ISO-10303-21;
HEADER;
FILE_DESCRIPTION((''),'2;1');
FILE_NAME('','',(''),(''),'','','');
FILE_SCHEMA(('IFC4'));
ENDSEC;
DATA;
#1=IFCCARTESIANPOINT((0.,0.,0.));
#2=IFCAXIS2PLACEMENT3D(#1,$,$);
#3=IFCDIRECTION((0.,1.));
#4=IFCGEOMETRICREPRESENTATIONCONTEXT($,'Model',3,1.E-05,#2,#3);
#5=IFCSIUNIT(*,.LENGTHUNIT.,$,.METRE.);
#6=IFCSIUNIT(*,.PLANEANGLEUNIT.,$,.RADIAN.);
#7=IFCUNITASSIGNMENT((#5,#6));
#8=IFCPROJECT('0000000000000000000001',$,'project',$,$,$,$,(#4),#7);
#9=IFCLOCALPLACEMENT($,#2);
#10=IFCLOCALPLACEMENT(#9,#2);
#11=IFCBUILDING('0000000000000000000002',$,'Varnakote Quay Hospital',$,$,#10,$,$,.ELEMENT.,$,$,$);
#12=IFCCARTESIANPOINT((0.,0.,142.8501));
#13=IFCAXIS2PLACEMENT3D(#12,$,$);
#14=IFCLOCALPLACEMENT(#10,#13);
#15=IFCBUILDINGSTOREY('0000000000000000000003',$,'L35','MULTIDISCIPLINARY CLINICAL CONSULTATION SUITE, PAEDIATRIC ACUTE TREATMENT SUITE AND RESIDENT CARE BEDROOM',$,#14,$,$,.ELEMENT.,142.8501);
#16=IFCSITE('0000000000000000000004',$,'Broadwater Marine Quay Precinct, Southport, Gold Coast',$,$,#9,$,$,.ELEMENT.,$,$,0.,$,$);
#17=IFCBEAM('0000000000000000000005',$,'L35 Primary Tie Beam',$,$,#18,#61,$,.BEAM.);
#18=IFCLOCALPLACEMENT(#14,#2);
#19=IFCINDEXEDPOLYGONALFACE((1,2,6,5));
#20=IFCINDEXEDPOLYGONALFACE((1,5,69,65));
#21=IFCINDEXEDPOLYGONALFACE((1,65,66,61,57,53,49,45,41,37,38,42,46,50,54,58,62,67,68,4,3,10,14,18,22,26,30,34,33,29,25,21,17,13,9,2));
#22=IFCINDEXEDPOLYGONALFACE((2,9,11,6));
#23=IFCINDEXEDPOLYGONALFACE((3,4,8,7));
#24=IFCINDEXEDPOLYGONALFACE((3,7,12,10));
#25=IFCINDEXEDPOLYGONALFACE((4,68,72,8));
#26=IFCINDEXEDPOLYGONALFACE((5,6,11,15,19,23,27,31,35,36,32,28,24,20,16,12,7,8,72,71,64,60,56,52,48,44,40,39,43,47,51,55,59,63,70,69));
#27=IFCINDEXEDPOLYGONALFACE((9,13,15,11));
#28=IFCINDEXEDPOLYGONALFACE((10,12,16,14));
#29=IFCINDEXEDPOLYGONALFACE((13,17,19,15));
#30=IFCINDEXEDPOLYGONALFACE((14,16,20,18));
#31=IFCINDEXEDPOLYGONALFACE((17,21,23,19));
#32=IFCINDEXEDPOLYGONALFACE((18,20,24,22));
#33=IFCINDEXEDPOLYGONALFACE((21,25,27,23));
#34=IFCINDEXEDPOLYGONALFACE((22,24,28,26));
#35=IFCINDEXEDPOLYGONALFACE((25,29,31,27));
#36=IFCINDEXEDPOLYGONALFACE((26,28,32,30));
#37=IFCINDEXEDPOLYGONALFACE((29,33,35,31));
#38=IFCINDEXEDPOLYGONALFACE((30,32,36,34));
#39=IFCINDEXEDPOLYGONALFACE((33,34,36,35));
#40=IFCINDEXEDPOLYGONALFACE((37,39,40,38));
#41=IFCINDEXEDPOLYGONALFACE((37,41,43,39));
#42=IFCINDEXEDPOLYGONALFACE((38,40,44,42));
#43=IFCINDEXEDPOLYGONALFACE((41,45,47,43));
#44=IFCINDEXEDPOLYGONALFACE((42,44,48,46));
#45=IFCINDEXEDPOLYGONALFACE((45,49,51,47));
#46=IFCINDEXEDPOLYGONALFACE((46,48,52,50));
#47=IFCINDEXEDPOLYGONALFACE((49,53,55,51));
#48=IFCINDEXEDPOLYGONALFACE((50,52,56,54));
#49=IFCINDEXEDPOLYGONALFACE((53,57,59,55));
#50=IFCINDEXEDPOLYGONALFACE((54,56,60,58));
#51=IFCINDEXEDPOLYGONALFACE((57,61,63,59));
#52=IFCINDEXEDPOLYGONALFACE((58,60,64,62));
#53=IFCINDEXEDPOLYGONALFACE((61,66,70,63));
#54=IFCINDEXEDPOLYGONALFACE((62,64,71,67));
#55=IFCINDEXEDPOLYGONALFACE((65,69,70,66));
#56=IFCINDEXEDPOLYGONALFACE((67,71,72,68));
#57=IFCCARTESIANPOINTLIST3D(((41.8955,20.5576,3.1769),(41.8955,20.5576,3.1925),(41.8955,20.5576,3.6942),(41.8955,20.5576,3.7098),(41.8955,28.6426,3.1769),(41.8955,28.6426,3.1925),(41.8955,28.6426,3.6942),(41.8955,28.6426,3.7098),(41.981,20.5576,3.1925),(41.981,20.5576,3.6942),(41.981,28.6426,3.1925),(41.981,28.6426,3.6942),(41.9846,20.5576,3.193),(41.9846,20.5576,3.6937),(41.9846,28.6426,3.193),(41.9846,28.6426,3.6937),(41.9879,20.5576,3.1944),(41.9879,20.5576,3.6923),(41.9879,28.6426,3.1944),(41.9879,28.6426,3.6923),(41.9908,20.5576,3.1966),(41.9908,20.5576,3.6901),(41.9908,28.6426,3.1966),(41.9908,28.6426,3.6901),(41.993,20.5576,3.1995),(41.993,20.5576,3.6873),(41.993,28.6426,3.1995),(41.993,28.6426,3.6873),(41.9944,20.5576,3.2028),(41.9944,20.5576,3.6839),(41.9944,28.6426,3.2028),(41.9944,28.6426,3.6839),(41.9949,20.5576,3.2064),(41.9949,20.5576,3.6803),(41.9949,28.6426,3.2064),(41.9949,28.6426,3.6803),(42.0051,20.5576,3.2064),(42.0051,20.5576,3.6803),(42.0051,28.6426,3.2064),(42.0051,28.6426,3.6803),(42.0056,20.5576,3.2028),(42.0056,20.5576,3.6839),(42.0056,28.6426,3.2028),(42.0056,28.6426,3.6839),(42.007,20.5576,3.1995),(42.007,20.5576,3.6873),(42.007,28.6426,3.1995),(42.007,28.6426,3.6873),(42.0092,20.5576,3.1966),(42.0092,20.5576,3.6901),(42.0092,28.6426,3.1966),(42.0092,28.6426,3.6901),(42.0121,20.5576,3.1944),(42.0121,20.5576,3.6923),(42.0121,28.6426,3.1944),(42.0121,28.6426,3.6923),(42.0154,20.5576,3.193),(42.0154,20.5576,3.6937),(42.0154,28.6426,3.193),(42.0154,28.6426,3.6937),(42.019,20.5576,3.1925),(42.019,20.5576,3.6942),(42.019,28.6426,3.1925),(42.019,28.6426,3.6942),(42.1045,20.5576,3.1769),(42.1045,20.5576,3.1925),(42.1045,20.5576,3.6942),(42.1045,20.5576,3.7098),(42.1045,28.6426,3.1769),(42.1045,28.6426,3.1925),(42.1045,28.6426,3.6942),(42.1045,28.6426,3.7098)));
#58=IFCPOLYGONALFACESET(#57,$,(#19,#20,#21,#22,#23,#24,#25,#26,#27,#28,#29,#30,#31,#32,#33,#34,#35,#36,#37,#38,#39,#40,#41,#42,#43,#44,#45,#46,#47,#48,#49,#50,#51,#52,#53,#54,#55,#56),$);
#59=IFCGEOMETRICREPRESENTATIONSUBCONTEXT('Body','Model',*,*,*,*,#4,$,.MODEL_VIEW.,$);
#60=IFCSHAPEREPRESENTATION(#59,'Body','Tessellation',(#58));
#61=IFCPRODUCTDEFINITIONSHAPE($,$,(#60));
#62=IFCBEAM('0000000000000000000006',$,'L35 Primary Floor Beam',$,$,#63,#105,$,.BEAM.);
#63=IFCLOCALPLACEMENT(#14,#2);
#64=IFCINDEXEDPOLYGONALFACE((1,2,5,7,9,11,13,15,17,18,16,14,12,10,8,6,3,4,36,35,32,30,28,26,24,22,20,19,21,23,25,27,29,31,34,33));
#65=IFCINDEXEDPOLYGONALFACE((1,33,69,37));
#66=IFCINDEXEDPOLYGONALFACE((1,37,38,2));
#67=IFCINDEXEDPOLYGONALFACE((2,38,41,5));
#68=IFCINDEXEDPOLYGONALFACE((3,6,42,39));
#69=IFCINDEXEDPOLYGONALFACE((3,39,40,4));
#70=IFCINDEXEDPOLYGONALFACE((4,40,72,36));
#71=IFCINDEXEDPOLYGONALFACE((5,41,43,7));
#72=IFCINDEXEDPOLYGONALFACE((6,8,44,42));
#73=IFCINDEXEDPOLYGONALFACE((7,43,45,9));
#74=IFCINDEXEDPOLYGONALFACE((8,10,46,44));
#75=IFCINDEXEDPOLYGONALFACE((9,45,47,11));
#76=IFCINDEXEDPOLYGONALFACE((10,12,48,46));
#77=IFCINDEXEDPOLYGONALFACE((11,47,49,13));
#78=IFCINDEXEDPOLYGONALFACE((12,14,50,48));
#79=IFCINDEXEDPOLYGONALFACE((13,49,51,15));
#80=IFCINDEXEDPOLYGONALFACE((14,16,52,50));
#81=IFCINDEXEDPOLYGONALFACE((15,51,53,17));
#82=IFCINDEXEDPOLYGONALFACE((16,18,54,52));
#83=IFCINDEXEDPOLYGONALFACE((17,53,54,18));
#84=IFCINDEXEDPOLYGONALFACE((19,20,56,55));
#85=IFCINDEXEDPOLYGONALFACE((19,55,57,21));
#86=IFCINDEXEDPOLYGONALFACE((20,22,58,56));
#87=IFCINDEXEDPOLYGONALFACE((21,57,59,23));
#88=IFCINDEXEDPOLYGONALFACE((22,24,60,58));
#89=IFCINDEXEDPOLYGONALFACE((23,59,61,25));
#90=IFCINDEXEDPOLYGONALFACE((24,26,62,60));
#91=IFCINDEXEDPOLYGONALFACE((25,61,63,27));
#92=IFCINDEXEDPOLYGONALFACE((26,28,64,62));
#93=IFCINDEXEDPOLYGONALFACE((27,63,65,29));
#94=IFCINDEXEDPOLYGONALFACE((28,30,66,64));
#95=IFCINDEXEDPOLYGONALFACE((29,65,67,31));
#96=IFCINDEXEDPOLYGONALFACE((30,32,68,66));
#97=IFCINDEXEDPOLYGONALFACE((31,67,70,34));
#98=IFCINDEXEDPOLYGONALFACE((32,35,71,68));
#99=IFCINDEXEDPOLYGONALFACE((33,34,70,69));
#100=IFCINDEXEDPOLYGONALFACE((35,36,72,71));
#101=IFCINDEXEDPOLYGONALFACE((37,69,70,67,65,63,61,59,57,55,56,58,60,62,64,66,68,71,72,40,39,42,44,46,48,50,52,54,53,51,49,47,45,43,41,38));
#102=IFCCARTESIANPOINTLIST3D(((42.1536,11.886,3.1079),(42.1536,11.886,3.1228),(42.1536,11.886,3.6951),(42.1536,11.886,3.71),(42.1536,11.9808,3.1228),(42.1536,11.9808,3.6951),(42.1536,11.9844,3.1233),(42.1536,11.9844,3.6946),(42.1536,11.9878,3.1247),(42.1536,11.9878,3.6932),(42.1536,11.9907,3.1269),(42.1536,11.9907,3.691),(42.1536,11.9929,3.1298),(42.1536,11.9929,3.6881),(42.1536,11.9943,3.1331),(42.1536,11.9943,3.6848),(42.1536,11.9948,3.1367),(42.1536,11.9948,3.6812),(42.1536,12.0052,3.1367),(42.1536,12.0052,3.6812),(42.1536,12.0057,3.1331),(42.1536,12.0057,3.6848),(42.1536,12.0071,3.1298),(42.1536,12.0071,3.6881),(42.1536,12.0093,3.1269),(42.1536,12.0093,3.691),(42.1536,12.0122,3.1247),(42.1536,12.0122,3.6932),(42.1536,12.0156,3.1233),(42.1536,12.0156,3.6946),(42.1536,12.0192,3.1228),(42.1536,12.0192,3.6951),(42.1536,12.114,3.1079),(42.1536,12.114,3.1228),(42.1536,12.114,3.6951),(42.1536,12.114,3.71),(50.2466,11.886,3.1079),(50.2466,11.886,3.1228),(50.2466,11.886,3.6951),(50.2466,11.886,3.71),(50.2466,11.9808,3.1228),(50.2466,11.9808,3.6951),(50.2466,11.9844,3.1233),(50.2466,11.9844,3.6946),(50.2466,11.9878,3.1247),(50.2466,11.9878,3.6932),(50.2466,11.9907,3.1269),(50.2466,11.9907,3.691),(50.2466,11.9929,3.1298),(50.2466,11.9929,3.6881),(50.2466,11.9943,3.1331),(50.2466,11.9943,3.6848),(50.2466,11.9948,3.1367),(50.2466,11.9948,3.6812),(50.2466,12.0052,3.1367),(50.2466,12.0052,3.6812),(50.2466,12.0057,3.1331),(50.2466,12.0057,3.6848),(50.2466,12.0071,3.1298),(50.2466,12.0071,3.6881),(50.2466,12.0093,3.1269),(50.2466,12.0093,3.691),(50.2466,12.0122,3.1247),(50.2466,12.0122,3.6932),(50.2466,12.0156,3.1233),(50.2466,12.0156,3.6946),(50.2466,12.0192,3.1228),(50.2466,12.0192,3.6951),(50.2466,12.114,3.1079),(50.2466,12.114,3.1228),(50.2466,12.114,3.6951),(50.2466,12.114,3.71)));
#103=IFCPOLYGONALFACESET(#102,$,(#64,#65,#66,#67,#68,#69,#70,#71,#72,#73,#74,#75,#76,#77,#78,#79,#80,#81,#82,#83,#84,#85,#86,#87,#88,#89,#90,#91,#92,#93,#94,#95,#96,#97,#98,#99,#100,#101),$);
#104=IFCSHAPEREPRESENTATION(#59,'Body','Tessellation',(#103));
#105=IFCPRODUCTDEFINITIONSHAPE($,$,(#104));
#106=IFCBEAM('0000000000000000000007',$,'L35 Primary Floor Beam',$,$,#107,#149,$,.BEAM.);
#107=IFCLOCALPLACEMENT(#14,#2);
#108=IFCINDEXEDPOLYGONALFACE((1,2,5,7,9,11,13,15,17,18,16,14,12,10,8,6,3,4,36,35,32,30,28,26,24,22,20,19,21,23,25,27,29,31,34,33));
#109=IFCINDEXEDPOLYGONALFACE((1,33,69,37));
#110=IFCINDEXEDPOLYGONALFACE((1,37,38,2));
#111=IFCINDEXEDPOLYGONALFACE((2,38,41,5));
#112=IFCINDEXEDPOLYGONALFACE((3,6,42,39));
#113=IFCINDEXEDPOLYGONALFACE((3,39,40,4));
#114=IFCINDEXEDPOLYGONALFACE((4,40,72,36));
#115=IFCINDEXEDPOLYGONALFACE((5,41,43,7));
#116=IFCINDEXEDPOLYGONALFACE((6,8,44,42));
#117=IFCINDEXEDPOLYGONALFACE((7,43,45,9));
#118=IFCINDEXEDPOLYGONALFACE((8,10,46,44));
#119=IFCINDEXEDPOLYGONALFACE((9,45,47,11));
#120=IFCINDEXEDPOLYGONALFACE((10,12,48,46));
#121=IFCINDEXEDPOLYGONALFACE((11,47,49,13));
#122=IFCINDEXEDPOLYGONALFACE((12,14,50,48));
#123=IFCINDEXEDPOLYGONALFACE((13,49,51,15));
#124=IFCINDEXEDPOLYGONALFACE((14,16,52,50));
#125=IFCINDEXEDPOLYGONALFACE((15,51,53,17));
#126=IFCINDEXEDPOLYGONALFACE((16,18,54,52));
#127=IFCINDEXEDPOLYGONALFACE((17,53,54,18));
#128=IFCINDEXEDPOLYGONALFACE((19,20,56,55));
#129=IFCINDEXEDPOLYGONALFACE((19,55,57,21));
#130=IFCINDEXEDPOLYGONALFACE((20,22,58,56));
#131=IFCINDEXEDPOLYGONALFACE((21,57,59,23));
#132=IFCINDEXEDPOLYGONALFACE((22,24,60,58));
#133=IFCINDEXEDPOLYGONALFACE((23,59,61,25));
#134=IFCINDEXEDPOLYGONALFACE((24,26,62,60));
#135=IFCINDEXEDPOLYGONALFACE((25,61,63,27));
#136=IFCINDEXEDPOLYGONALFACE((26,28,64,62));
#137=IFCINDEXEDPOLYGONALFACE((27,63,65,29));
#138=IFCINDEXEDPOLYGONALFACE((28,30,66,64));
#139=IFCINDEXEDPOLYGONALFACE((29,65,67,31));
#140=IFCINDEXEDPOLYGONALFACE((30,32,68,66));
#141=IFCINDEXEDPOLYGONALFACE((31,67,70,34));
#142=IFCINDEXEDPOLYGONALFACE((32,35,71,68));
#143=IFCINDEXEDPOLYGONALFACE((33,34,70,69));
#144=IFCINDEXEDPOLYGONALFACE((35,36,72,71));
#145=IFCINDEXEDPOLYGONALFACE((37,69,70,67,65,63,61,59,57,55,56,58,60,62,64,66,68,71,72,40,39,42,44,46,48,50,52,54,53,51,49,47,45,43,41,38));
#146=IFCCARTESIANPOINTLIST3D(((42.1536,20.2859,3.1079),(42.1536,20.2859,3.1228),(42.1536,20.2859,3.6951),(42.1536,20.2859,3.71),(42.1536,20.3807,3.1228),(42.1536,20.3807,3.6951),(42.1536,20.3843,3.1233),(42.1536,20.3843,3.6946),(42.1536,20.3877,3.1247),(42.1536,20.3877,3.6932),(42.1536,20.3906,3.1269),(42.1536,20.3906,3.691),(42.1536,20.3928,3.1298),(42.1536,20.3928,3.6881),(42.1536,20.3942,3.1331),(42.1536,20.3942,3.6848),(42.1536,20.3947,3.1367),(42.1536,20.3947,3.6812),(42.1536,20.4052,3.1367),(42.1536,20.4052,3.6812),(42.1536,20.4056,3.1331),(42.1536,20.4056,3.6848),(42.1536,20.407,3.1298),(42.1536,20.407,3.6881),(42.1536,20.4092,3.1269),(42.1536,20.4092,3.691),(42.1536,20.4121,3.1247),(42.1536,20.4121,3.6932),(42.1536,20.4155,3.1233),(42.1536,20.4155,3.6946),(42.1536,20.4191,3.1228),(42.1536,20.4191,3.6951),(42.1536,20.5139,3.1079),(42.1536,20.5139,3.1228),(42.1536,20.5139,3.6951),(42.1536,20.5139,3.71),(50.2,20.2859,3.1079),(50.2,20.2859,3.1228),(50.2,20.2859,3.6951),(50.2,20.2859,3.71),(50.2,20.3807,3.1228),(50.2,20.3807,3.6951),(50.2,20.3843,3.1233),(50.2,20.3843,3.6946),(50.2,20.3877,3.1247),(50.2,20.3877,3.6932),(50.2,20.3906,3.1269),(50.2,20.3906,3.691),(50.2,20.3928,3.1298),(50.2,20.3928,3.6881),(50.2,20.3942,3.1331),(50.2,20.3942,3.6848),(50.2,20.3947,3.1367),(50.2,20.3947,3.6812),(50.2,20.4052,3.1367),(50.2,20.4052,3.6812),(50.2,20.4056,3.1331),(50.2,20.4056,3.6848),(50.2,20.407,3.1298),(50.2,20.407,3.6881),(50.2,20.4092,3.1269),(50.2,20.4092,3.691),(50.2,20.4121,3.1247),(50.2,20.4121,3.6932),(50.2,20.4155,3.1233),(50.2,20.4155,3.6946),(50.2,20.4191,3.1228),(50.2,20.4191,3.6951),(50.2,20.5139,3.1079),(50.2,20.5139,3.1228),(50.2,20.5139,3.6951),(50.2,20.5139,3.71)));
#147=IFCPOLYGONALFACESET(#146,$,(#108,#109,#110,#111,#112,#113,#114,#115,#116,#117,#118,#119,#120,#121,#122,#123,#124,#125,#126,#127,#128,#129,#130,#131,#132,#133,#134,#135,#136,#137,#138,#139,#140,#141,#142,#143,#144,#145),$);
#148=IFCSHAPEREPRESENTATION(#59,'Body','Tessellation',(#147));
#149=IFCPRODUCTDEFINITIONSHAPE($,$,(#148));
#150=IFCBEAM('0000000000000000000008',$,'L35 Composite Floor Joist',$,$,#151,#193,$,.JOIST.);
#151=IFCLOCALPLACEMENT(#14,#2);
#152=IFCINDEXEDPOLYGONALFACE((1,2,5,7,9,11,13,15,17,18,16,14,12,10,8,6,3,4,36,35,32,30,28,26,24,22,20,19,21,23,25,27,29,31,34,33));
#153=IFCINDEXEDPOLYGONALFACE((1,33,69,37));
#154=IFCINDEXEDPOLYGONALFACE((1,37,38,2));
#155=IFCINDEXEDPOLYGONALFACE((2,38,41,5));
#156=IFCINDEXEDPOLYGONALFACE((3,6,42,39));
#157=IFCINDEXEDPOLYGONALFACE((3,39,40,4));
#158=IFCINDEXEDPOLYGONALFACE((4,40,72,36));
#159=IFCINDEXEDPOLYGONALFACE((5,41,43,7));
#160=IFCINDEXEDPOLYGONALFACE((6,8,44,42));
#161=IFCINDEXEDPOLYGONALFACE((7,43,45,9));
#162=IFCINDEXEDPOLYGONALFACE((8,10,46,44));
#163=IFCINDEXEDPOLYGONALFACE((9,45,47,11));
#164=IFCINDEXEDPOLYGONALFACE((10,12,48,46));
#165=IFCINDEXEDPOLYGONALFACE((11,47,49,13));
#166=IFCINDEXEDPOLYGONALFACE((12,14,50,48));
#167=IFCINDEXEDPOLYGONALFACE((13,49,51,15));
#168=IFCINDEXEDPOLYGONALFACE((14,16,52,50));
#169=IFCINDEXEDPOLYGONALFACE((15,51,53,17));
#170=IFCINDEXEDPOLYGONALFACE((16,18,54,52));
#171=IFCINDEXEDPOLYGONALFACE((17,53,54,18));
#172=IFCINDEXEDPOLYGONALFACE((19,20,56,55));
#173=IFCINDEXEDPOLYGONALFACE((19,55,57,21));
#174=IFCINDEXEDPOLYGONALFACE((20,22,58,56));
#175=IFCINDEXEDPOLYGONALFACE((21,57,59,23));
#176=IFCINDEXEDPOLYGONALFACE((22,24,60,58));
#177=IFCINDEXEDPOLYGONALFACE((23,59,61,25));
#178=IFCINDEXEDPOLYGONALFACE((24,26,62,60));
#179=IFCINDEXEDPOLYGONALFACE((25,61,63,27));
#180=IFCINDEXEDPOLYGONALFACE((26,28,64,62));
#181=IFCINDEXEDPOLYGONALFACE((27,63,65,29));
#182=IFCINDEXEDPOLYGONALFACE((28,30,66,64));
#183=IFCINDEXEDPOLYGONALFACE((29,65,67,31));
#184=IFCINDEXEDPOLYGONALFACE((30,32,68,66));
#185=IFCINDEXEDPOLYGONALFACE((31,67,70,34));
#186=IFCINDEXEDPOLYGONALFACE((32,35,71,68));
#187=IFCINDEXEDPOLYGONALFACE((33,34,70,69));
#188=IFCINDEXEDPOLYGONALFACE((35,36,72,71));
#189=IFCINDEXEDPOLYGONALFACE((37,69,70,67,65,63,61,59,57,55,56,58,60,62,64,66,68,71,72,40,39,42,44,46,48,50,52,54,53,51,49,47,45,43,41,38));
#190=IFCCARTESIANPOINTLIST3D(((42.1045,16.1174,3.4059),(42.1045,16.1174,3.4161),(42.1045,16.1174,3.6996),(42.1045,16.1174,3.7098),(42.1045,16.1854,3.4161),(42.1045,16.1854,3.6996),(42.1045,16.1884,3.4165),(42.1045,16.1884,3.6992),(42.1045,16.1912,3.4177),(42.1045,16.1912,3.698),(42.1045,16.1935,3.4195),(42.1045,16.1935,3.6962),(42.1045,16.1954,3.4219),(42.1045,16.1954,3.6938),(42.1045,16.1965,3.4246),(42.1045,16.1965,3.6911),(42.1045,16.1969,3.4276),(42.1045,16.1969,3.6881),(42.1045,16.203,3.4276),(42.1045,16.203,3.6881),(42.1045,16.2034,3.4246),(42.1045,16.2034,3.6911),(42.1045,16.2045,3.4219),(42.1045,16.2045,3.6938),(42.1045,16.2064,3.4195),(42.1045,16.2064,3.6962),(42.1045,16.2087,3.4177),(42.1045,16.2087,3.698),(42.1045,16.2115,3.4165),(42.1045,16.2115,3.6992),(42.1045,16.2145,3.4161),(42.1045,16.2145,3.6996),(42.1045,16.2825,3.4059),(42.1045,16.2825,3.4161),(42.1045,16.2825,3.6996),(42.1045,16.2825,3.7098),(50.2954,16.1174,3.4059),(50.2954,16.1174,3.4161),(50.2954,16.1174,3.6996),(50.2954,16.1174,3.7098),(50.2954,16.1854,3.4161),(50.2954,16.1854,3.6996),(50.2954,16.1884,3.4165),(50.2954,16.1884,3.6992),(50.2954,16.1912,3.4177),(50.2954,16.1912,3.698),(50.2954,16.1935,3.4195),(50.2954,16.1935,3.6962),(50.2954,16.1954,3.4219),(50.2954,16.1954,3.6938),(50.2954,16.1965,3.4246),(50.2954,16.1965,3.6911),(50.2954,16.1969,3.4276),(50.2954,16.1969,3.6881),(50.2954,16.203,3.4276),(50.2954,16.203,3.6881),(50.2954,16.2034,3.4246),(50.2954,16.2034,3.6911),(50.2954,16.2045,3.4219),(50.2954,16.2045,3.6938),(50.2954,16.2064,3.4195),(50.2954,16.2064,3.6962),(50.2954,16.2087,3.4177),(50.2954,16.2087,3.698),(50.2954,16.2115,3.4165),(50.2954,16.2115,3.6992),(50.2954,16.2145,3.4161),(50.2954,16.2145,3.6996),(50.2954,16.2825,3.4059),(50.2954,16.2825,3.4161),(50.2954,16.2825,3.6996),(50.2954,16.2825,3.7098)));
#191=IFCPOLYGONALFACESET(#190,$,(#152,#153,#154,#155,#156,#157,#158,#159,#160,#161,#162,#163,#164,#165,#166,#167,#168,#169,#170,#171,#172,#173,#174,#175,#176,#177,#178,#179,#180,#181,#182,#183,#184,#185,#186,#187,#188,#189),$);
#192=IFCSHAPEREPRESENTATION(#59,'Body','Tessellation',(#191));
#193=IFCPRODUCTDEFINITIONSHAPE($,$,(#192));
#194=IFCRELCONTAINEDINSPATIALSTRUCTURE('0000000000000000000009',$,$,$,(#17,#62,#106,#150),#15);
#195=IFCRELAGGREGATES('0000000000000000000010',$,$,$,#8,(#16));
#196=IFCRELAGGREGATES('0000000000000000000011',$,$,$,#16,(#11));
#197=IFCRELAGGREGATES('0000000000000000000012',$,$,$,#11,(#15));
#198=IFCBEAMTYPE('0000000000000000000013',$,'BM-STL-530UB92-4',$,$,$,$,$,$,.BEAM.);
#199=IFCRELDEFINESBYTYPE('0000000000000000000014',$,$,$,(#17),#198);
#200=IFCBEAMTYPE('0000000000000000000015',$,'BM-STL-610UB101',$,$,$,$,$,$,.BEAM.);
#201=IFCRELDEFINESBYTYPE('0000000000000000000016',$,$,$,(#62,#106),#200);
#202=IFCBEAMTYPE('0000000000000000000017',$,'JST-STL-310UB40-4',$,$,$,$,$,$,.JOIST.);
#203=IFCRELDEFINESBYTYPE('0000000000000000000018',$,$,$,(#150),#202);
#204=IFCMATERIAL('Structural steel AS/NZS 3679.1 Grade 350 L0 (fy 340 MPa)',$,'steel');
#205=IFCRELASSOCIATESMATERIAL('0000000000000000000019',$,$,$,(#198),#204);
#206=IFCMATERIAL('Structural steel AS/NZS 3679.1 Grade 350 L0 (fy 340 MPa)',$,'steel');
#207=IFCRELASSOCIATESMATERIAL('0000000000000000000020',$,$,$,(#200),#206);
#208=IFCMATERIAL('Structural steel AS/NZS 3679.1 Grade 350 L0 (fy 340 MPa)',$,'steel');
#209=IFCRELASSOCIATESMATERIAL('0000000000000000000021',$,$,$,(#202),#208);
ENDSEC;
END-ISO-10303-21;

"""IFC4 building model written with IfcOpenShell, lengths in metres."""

from ifc_helpers import new_model, si_unit, direction, frame, origin, origin_2d, place, context, subcontext, project, spatial, i_section, extrude, material, material_profile, profile_set, type_object, element, save


model = new_model("IFC4")

# Units and contexts
model_context = context("Model", 3, precision=1e-05, world=origin(), true_north=direction((0.0, 1.0)))
body_context = subcontext(model_context, "Body", "Model", "MODEL_VIEW")
ifc_project = project(units=[si_unit("LENGTHUNIT", "METRE"), si_unit("PLANEANGLEUNIT", "RADIAN")], contexts=[model_context])

# Site, building, storey
site_placement = place(None, origin())
site = spatial("IfcSite", under=ifc_project, at=site_placement, Name="Broadwater Marine Quay Precinct, Southport, Gold Coast", CompositionType="ELEMENT", RefElevation=0.0)
building_placement = place(site_placement, origin())
building = spatial("IfcBuilding", under=site, at=building_placement, Name="Varnakote Quay Hospital", CompositionType="ELEMENT")
storey_placement = place(building_placement, frame((0.0, 0.0, 142.8501)))
storey = spatial("IfcBuildingStorey", under=building, at=storey_placement, Name="L35", Description="MULTIDISCIPLINARY CLINICAL CONSULTATION SUITE, PAEDIATRIC ACUTE TREATMENT SUITE AND RESIDENT CARE BEDROOM", CompositionType="ELEMENT", Elevation=142.8501)

# Beams
ifc_material_1 = material(Name="Structural steel AS/NZS 3679.1 Grade 350 L0 (fy 340 MPa)", Category="steel")
ifc_material_profile_1 = material_profile(ifc_material_1, i_section(OverallWidth=0.209, OverallDepth=0.533, WebThickness=0.0103, FlangeThickness=0.0156, FilletRadius=0.0139, at=origin_2d()), Name="530UB92.4")
ifc_profile_set_1 = profile_set([ifc_material_profile_1], Name="Structural steel AS/NZS 3679.1 Grade 350 L0 (fy 340 MPa)")
beam_type_1 = type_object("IfcBeamType", Name="BM-STL-530UB92-4", PredefinedType="BEAM", material=ifc_profile_set_1)
for number, where, z_axis, x_axis, name in (
    (1, (42.0, 20.5576, 3.4434), (0.0, 1.0, 0.0), (-1.0, 0.0, 0.0), "L35 Primary Tie Beam"),
):
    element("IfcBeam", number, at=place(storey_placement, frame(where, z_axis=z_axis, x_axis=x_axis)), inside=storey, type_object=beam_type_1, Name=name, PredefinedType="BEAM", context=body_context, shape_type="SweptSolid", body=[
        extrude(i_section(OverallWidth=0.209, OverallDepth=0.533, WebThickness=0.0103, FlangeThickness=0.0156, FilletRadius=0.0139, at=origin_2d()), origin(), (0.0, 0.0, 1.0), 8.085),
    ])
ifc_material_2 = material(Name="Structural steel AS/NZS 3679.1 Grade 350 L0 (fy 340 MPa)", Category="steel")
ifc_material_profile_2 = material_profile(ifc_material_2, i_section(OverallWidth=0.228, OverallDepth=0.6021, WebThickness=0.0105, FlangeThickness=0.0149, FilletRadius=0.0139, at=origin_2d()), Name="610UB101")
ifc_profile_set_2 = profile_set([ifc_material_profile_2], Name="Structural steel AS/NZS 3679.1 Grade 350 L0 (fy 340 MPa)")
beam_type_2 = type_object("IfcBeamType", Name="BM-STL-610UB101", PredefinedType="BEAM", material=ifc_profile_set_2)
beam_1_placement = place(storey_placement, frame((42.1536, 12.0, 3.4089), z_axis=(1.0, 0.0, 0.0), x_axis=(0.0, 1.0, 0.0)))
element("IfcBeam", 2, at=beam_1_placement, inside=storey, type_object=beam_type_2, Name="L35 Primary Floor Beam", PredefinedType="BEAM", context=body_context, shape_type="SweptSolid", body=[
    extrude(i_section(OverallWidth=0.228, OverallDepth=0.6021, WebThickness=0.0105, FlangeThickness=0.0149, FilletRadius=0.0139, at=origin_2d()), origin(), (0.0, 0.0, 1.0), 8.093),
])
beam_2_placement = place(storey_placement, frame((42.1536, 20.3999, 3.4089), z_axis=(1.0, 0.0, 0.0), x_axis=(0.0, 1.0, 0.0)))
element("IfcBeam", 3, at=beam_2_placement, inside=storey, type_object=beam_type_2, Name="L35 Primary Floor Beam", PredefinedType="BEAM", context=body_context, shape_type="SweptSolid", body=[
    extrude(i_section(OverallWidth=0.228, OverallDepth=0.6021, WebThickness=0.0105, FlangeThickness=0.0149, FilletRadius=0.0139, at=origin_2d()), origin(), (0.0, 0.0, 1.0), 8.0464),
])
ifc_material_3 = material(Name="Structural steel AS/NZS 3679.1 Grade 350 L0 (fy 340 MPa)", Category="steel")
ifc_material_profile_3 = material_profile(ifc_material_3, i_section(OverallWidth=0.165, OverallDepth=0.304, WebThickness=0.0061, FlangeThickness=0.0103, FilletRadius=0.0115, at=origin_2d()), Name="310UB40.4")
ifc_profile_set_3 = profile_set([ifc_material_profile_3], Name="Structural steel AS/NZS 3679.1 Grade 350 L0 (fy 340 MPa)")
beam_type_3 = type_object("IfcBeamType", Name="JST-STL-310UB40-4", PredefinedType="JOIST", material=ifc_profile_set_3)
beam_3_placement = place(storey_placement, frame((42.1045, 16.2, 3.5579), z_axis=(1.0, 0.0, 0.0), x_axis=(0.0, 1.0, 0.0)))
element("IfcBeam", 4, at=beam_3_placement, inside=storey, type_object=beam_type_3, Name="L35 Composite Floor Joist", PredefinedType="JOIST", context=body_context, shape_type="SweptSolid", body=[
    extrude(i_section(OverallWidth=0.165, OverallDepth=0.304, WebThickness=0.0061, FlangeThickness=0.0103, FilletRadius=0.0115, at=origin_2d()), origin(), (0.0, 0.0, 1.0), 8.1909),
])

save(model, "model.ifc")
